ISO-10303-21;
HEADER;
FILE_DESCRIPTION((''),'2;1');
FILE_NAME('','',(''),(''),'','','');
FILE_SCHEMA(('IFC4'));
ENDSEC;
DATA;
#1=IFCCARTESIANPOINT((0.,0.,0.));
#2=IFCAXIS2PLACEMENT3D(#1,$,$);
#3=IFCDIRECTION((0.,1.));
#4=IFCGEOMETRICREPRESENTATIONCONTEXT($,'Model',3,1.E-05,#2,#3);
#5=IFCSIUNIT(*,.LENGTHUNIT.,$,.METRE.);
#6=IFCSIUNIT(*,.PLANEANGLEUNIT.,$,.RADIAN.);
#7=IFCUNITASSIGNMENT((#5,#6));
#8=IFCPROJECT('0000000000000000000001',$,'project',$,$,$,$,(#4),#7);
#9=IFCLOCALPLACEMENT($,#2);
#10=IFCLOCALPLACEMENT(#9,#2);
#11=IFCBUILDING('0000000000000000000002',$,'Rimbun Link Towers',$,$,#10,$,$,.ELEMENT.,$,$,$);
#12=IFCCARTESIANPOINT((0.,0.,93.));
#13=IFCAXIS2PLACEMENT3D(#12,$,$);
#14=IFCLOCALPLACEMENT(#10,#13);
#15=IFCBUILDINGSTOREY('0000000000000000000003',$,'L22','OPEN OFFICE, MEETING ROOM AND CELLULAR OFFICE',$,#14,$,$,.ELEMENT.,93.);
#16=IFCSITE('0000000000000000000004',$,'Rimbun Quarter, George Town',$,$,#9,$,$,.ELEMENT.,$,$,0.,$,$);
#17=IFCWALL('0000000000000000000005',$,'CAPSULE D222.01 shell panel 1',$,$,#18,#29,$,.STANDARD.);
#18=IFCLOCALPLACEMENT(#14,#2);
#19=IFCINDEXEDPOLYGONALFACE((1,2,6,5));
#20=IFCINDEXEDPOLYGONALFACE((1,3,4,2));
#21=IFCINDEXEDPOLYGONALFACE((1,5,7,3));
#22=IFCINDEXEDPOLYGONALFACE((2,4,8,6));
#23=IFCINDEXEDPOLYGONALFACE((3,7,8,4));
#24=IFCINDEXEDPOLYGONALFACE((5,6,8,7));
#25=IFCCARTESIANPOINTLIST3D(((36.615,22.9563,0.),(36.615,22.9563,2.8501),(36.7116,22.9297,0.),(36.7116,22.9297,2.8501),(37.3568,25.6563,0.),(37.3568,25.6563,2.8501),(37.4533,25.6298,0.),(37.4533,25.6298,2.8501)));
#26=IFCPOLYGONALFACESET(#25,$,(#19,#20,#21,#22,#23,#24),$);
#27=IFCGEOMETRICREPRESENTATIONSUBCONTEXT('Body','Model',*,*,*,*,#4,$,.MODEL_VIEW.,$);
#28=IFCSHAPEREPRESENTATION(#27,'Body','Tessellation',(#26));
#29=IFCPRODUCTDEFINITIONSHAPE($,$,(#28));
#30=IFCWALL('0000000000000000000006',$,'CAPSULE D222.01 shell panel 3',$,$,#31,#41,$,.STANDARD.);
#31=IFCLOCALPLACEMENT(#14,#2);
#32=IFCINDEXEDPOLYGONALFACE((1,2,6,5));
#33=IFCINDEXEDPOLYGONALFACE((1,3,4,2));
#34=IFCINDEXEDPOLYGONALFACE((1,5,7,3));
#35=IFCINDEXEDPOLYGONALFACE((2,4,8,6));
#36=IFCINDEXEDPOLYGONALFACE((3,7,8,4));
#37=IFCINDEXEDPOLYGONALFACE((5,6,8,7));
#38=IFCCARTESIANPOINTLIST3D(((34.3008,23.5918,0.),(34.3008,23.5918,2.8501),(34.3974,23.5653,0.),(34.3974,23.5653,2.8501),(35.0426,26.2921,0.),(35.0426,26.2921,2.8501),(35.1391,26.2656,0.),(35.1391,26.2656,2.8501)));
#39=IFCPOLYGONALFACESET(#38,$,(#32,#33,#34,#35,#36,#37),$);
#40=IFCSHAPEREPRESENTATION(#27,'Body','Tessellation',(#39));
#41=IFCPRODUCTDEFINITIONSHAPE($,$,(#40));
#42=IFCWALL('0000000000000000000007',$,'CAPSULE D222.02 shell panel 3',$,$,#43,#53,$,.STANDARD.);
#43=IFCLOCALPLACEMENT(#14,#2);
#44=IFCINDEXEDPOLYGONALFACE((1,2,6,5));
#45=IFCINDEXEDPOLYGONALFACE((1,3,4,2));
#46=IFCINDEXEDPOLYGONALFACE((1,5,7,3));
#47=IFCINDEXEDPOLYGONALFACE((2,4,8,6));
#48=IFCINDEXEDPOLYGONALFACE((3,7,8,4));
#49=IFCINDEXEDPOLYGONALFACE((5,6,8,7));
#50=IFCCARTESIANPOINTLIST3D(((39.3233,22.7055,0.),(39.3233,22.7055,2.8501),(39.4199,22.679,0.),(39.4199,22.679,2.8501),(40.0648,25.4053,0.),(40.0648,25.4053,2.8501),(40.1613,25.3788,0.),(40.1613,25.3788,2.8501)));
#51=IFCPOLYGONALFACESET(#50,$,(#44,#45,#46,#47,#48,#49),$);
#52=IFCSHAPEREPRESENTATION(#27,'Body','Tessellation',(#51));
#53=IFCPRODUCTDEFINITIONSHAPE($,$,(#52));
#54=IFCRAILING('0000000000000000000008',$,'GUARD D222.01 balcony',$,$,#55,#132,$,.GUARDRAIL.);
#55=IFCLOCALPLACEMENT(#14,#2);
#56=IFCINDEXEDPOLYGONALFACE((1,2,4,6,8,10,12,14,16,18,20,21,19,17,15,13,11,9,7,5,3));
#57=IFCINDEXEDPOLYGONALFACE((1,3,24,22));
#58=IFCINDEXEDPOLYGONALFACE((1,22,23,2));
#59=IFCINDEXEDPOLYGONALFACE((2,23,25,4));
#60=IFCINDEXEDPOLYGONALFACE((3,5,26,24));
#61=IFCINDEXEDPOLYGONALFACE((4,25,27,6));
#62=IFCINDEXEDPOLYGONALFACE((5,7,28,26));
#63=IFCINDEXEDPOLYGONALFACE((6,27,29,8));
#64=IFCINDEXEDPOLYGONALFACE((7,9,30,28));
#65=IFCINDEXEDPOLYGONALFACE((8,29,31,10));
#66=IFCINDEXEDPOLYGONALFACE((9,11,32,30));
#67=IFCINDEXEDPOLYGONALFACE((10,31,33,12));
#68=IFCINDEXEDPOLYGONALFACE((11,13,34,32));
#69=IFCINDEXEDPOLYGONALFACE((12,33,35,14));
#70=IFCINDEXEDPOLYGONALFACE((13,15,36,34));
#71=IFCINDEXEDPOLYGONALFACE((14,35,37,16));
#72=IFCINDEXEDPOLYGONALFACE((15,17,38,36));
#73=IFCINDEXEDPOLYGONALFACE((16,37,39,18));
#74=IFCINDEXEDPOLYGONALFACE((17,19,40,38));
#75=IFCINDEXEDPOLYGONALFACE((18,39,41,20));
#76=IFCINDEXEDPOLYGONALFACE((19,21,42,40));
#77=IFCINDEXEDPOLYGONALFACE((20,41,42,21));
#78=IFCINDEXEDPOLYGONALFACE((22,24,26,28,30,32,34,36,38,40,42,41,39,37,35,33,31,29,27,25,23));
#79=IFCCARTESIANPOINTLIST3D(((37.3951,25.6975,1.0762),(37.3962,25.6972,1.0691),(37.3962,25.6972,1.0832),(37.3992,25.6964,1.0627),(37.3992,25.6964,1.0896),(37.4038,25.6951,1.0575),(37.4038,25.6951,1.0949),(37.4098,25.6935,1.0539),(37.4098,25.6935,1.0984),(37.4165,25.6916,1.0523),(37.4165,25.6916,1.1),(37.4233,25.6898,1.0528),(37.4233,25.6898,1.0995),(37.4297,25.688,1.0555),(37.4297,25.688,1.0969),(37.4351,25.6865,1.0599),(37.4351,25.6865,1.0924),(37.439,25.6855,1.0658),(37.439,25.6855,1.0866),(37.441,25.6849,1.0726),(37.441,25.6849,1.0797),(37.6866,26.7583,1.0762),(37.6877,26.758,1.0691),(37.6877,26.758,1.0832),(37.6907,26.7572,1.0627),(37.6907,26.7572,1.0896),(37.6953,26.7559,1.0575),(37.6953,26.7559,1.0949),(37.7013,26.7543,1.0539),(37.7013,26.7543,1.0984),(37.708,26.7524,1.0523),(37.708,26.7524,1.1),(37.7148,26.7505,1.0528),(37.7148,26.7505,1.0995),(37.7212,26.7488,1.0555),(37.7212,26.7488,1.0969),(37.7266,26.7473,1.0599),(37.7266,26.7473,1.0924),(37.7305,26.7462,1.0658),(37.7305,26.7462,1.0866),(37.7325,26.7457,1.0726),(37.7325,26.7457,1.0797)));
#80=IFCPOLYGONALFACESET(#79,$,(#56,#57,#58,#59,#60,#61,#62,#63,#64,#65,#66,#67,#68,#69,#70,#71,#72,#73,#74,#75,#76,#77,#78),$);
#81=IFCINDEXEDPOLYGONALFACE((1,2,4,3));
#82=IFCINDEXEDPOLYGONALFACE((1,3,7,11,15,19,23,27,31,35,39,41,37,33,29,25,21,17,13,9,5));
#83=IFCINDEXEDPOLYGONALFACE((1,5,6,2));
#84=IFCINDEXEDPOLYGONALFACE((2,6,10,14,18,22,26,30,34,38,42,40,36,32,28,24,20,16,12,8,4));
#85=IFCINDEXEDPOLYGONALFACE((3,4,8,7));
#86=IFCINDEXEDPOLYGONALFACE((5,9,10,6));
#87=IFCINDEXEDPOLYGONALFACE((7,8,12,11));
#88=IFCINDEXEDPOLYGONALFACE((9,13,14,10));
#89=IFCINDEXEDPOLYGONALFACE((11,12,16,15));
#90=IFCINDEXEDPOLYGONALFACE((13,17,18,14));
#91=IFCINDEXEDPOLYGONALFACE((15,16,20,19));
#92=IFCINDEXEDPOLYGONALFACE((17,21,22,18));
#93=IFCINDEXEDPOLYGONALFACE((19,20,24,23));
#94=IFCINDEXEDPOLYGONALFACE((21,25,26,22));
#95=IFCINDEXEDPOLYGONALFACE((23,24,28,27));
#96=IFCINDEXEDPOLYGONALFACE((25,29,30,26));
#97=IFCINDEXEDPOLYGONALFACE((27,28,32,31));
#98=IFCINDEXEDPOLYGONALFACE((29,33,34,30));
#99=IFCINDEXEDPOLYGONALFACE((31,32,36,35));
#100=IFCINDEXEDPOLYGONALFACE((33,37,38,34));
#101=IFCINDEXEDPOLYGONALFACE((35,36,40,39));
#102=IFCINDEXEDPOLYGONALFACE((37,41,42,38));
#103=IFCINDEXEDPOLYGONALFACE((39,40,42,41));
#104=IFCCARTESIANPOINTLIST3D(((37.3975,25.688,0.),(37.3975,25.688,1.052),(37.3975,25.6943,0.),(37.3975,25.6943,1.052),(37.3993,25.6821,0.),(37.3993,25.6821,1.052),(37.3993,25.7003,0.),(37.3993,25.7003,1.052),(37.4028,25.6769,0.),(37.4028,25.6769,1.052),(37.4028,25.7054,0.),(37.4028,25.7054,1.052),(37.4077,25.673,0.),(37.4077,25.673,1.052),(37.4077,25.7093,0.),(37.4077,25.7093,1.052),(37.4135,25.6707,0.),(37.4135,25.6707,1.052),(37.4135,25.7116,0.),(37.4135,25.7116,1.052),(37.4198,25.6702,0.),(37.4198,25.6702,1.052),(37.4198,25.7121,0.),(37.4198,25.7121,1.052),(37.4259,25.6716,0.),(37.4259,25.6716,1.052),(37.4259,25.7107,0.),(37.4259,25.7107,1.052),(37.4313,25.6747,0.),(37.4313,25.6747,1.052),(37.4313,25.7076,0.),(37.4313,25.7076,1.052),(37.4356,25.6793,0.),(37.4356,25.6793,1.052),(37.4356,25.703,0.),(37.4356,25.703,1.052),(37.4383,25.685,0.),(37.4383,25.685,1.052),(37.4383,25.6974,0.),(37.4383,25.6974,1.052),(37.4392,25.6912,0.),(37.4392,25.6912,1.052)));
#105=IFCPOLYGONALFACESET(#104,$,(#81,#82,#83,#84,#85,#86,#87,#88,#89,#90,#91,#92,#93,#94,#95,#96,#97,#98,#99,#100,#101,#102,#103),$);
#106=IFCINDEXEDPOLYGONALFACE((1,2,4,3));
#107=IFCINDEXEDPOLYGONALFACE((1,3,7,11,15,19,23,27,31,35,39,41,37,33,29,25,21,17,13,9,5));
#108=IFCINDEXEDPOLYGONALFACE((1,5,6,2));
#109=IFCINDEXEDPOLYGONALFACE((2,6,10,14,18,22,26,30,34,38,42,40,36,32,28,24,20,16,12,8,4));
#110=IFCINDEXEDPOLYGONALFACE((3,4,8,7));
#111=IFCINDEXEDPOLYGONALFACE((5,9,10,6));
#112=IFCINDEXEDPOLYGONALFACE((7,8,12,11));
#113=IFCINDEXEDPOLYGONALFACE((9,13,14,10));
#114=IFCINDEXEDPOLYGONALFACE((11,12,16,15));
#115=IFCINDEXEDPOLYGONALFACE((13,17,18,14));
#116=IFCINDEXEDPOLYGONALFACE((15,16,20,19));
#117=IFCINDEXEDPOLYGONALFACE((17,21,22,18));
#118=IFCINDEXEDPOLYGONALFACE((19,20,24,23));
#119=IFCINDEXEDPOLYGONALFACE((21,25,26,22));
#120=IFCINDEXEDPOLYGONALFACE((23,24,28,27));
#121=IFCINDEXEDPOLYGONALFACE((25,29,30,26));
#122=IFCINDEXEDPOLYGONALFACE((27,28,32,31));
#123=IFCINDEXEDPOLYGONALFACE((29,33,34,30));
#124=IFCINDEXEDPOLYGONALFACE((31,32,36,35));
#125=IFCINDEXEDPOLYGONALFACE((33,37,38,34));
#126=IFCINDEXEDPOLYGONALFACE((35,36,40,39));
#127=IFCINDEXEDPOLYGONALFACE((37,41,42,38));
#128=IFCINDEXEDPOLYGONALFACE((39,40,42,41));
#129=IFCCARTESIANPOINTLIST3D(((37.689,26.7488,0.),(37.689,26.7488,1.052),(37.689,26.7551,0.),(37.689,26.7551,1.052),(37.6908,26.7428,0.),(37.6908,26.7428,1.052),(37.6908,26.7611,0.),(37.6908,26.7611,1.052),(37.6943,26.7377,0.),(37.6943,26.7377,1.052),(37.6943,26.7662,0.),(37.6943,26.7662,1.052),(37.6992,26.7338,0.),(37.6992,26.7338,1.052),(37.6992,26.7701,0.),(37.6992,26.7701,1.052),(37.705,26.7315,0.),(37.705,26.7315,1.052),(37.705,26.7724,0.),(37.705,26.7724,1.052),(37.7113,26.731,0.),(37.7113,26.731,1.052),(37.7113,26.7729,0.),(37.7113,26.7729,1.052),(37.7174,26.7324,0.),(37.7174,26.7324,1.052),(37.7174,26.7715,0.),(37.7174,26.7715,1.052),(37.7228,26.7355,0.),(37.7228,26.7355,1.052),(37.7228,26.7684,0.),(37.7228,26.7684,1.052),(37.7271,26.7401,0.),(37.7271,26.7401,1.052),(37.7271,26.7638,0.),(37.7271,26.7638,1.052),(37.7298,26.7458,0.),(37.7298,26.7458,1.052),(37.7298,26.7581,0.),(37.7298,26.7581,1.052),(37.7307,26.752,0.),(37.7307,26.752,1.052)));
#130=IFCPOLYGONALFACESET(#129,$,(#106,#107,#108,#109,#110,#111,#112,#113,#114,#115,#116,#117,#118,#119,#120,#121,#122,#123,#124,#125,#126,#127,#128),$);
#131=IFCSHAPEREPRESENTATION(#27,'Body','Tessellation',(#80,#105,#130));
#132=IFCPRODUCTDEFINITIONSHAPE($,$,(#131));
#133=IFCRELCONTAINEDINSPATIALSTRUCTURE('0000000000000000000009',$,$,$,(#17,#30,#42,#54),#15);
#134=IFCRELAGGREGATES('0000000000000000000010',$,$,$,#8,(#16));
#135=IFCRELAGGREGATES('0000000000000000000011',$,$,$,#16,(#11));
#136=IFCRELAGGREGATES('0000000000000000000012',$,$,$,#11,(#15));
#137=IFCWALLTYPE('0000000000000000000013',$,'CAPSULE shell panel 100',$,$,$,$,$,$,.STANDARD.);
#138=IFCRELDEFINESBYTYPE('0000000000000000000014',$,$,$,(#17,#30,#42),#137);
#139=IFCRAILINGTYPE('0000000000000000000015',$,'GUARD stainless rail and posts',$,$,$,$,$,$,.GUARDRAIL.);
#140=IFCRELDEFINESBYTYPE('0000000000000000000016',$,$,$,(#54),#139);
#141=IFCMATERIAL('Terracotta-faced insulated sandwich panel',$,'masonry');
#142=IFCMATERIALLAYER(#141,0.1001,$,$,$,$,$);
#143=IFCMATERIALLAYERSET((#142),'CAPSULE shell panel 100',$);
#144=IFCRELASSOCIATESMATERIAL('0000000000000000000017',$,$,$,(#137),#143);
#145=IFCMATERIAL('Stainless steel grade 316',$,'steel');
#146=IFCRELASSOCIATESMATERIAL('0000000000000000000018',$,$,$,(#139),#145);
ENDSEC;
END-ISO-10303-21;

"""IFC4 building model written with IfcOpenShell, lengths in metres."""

from ifc_helpers import new_model, si_unit, direction, frame, frame_2d, origin, origin_2d, place, context, subcontext, project, spatial, rectangle, circle, extrude, material, layer, layer_set, type_object, element, save


model = new_model("IFC4")

# Units and contexts
model_context = context("Model", 3, precision=1e-05, world=origin(), true_north=direction((0.0, 1.0)))
body_context = subcontext(model_context, "Body", "Model", "MODEL_VIEW")
ifc_project = project(units=[si_unit("LENGTHUNIT", "METRE"), si_unit("PLANEANGLEUNIT", "RADIAN")], contexts=[model_context])

# Site, building, storey
site_placement = place(None, origin())
site = spatial("IfcSite", under=ifc_project, at=site_placement, Name="Rimbun Quarter, George Town", CompositionType="ELEMENT", RefElevation=0.0)
building_placement = place(site_placement, origin())
building = spatial("IfcBuilding", under=site, at=building_placement, Name="Rimbun Link Towers", CompositionType="ELEMENT")
storey_placement = place(building_placement, frame((0.0, 0.0, 93.0)))
storey = spatial("IfcBuildingStorey", under=building, at=storey_placement, Name="L22", Description="OPEN OFFICE, MEETING ROOM AND CELLULAR OFFICE", CompositionType="ELEMENT", Elevation=93.0)

# Walls
ifc_material_1 = material(Name="Terracotta-faced insulated sandwich panel", Category="masonry")
ifc_layer_1 = layer(ifc_material_1, 0.1001)
ifc_layer_set_1 = layer_set([ifc_layer_1], Name="CAPSULE shell panel 100")
wall_type_1 = type_object("IfcWallType", Name="CAPSULE shell panel 100", PredefinedType="STANDARD", material=ifc_layer_set_1)
wall_1_placement = place(storey_placement, frame((36.6633, 22.9431, 0.0), z_axis=(0.0, 0.0, 1.0), x_axis=(0.264895, 0.964277, 0.0)))
element("IfcWall", 1, at=wall_1_placement, inside=storey, type_object=wall_type_1, Name="CAPSULE D222.01 shell panel 1", PredefinedType="STANDARD", context=body_context, shape_type="SweptSolid", body=[
    extrude(rectangle(XDim=2.8, YDim=0.1001, at=frame_2d((1.3999, 0.0))), origin(), (0.0, 0.0, 1.0), 2.8501),
])
wall_2_placement = place(storey_placement, frame((35.0908, 26.2788, 0.0), z_axis=(0.0, 0.0, 1.0), x_axis=(-0.264873, -0.964283, 0.0)))
element("IfcWall", 2, at=wall_2_placement, inside=storey, type_object=wall_type_1, Name="CAPSULE D222.01 shell panel 3", PredefinedType="STANDARD", context=body_context, shape_type="SweptSolid", body=[
    extrude(rectangle(XDim=2.8003, YDim=0.1001, at=frame_2d((1.4001, 0.0))), origin(), (0.0, 0.0, 1.0), 2.8501),
])
wall_3_placement = place(storey_placement, frame((40.113, 25.3921, 0.0), z_axis=(0.0, 0.0, 1.0), x_axis=(-0.264814, -0.9643, 0.0)))
element("IfcWall", 3, at=wall_3_placement, inside=storey, type_object=wall_type_1, Name="CAPSULE D222.02 shell panel 3", PredefinedType="STANDARD", context=body_context, shape_type="SweptSolid", body=[
    extrude(rectangle(XDim=2.7998, YDim=0.1001, at=frame_2d((1.3999, 0.0))), origin(), (0.0, 0.0, 1.0), 2.8501),
])

# Railing
ifc_material_2 = material(Name="Stainless steel grade 316", Category="steel")
railing_type = type_object("IfcRailingType", Name="GUARD stainless rail and posts", PredefinedType="GUARDRAIL", material=ifc_material_2)
railing_1_placement = place(storey_placement, frame((37.4182, 25.6912, 0.0)))
element("IfcRailing", 4, at=railing_1_placement, inside=storey, type_object=railing_type, Name="GUARD D222.01 balcony", PredefinedType="GUARDRAIL", context=body_context, shape_type="SweptSolid", body=[
    extrude(circle(Radius=0.0239, at=origin_2d()), frame((0.0, 0.0, 1.0762), z_axis=(0.264976, 0.964255, 0.0), x_axis=(-0.964255, 0.264976, 0.0)), (0.0, 0.0, 1.0), 1.1001),
    extrude(circle(Radius=0.021, at=origin_2d()), origin(), (0.0, 0.0, 1.0), 1.052),
    extrude(circle(Radius=0.021, at=origin_2d()), frame((0.2915, 1.0608, 0.0)), (0.0, 0.0, 1.0), 1.052),
])

save(model, "model.ifc")
